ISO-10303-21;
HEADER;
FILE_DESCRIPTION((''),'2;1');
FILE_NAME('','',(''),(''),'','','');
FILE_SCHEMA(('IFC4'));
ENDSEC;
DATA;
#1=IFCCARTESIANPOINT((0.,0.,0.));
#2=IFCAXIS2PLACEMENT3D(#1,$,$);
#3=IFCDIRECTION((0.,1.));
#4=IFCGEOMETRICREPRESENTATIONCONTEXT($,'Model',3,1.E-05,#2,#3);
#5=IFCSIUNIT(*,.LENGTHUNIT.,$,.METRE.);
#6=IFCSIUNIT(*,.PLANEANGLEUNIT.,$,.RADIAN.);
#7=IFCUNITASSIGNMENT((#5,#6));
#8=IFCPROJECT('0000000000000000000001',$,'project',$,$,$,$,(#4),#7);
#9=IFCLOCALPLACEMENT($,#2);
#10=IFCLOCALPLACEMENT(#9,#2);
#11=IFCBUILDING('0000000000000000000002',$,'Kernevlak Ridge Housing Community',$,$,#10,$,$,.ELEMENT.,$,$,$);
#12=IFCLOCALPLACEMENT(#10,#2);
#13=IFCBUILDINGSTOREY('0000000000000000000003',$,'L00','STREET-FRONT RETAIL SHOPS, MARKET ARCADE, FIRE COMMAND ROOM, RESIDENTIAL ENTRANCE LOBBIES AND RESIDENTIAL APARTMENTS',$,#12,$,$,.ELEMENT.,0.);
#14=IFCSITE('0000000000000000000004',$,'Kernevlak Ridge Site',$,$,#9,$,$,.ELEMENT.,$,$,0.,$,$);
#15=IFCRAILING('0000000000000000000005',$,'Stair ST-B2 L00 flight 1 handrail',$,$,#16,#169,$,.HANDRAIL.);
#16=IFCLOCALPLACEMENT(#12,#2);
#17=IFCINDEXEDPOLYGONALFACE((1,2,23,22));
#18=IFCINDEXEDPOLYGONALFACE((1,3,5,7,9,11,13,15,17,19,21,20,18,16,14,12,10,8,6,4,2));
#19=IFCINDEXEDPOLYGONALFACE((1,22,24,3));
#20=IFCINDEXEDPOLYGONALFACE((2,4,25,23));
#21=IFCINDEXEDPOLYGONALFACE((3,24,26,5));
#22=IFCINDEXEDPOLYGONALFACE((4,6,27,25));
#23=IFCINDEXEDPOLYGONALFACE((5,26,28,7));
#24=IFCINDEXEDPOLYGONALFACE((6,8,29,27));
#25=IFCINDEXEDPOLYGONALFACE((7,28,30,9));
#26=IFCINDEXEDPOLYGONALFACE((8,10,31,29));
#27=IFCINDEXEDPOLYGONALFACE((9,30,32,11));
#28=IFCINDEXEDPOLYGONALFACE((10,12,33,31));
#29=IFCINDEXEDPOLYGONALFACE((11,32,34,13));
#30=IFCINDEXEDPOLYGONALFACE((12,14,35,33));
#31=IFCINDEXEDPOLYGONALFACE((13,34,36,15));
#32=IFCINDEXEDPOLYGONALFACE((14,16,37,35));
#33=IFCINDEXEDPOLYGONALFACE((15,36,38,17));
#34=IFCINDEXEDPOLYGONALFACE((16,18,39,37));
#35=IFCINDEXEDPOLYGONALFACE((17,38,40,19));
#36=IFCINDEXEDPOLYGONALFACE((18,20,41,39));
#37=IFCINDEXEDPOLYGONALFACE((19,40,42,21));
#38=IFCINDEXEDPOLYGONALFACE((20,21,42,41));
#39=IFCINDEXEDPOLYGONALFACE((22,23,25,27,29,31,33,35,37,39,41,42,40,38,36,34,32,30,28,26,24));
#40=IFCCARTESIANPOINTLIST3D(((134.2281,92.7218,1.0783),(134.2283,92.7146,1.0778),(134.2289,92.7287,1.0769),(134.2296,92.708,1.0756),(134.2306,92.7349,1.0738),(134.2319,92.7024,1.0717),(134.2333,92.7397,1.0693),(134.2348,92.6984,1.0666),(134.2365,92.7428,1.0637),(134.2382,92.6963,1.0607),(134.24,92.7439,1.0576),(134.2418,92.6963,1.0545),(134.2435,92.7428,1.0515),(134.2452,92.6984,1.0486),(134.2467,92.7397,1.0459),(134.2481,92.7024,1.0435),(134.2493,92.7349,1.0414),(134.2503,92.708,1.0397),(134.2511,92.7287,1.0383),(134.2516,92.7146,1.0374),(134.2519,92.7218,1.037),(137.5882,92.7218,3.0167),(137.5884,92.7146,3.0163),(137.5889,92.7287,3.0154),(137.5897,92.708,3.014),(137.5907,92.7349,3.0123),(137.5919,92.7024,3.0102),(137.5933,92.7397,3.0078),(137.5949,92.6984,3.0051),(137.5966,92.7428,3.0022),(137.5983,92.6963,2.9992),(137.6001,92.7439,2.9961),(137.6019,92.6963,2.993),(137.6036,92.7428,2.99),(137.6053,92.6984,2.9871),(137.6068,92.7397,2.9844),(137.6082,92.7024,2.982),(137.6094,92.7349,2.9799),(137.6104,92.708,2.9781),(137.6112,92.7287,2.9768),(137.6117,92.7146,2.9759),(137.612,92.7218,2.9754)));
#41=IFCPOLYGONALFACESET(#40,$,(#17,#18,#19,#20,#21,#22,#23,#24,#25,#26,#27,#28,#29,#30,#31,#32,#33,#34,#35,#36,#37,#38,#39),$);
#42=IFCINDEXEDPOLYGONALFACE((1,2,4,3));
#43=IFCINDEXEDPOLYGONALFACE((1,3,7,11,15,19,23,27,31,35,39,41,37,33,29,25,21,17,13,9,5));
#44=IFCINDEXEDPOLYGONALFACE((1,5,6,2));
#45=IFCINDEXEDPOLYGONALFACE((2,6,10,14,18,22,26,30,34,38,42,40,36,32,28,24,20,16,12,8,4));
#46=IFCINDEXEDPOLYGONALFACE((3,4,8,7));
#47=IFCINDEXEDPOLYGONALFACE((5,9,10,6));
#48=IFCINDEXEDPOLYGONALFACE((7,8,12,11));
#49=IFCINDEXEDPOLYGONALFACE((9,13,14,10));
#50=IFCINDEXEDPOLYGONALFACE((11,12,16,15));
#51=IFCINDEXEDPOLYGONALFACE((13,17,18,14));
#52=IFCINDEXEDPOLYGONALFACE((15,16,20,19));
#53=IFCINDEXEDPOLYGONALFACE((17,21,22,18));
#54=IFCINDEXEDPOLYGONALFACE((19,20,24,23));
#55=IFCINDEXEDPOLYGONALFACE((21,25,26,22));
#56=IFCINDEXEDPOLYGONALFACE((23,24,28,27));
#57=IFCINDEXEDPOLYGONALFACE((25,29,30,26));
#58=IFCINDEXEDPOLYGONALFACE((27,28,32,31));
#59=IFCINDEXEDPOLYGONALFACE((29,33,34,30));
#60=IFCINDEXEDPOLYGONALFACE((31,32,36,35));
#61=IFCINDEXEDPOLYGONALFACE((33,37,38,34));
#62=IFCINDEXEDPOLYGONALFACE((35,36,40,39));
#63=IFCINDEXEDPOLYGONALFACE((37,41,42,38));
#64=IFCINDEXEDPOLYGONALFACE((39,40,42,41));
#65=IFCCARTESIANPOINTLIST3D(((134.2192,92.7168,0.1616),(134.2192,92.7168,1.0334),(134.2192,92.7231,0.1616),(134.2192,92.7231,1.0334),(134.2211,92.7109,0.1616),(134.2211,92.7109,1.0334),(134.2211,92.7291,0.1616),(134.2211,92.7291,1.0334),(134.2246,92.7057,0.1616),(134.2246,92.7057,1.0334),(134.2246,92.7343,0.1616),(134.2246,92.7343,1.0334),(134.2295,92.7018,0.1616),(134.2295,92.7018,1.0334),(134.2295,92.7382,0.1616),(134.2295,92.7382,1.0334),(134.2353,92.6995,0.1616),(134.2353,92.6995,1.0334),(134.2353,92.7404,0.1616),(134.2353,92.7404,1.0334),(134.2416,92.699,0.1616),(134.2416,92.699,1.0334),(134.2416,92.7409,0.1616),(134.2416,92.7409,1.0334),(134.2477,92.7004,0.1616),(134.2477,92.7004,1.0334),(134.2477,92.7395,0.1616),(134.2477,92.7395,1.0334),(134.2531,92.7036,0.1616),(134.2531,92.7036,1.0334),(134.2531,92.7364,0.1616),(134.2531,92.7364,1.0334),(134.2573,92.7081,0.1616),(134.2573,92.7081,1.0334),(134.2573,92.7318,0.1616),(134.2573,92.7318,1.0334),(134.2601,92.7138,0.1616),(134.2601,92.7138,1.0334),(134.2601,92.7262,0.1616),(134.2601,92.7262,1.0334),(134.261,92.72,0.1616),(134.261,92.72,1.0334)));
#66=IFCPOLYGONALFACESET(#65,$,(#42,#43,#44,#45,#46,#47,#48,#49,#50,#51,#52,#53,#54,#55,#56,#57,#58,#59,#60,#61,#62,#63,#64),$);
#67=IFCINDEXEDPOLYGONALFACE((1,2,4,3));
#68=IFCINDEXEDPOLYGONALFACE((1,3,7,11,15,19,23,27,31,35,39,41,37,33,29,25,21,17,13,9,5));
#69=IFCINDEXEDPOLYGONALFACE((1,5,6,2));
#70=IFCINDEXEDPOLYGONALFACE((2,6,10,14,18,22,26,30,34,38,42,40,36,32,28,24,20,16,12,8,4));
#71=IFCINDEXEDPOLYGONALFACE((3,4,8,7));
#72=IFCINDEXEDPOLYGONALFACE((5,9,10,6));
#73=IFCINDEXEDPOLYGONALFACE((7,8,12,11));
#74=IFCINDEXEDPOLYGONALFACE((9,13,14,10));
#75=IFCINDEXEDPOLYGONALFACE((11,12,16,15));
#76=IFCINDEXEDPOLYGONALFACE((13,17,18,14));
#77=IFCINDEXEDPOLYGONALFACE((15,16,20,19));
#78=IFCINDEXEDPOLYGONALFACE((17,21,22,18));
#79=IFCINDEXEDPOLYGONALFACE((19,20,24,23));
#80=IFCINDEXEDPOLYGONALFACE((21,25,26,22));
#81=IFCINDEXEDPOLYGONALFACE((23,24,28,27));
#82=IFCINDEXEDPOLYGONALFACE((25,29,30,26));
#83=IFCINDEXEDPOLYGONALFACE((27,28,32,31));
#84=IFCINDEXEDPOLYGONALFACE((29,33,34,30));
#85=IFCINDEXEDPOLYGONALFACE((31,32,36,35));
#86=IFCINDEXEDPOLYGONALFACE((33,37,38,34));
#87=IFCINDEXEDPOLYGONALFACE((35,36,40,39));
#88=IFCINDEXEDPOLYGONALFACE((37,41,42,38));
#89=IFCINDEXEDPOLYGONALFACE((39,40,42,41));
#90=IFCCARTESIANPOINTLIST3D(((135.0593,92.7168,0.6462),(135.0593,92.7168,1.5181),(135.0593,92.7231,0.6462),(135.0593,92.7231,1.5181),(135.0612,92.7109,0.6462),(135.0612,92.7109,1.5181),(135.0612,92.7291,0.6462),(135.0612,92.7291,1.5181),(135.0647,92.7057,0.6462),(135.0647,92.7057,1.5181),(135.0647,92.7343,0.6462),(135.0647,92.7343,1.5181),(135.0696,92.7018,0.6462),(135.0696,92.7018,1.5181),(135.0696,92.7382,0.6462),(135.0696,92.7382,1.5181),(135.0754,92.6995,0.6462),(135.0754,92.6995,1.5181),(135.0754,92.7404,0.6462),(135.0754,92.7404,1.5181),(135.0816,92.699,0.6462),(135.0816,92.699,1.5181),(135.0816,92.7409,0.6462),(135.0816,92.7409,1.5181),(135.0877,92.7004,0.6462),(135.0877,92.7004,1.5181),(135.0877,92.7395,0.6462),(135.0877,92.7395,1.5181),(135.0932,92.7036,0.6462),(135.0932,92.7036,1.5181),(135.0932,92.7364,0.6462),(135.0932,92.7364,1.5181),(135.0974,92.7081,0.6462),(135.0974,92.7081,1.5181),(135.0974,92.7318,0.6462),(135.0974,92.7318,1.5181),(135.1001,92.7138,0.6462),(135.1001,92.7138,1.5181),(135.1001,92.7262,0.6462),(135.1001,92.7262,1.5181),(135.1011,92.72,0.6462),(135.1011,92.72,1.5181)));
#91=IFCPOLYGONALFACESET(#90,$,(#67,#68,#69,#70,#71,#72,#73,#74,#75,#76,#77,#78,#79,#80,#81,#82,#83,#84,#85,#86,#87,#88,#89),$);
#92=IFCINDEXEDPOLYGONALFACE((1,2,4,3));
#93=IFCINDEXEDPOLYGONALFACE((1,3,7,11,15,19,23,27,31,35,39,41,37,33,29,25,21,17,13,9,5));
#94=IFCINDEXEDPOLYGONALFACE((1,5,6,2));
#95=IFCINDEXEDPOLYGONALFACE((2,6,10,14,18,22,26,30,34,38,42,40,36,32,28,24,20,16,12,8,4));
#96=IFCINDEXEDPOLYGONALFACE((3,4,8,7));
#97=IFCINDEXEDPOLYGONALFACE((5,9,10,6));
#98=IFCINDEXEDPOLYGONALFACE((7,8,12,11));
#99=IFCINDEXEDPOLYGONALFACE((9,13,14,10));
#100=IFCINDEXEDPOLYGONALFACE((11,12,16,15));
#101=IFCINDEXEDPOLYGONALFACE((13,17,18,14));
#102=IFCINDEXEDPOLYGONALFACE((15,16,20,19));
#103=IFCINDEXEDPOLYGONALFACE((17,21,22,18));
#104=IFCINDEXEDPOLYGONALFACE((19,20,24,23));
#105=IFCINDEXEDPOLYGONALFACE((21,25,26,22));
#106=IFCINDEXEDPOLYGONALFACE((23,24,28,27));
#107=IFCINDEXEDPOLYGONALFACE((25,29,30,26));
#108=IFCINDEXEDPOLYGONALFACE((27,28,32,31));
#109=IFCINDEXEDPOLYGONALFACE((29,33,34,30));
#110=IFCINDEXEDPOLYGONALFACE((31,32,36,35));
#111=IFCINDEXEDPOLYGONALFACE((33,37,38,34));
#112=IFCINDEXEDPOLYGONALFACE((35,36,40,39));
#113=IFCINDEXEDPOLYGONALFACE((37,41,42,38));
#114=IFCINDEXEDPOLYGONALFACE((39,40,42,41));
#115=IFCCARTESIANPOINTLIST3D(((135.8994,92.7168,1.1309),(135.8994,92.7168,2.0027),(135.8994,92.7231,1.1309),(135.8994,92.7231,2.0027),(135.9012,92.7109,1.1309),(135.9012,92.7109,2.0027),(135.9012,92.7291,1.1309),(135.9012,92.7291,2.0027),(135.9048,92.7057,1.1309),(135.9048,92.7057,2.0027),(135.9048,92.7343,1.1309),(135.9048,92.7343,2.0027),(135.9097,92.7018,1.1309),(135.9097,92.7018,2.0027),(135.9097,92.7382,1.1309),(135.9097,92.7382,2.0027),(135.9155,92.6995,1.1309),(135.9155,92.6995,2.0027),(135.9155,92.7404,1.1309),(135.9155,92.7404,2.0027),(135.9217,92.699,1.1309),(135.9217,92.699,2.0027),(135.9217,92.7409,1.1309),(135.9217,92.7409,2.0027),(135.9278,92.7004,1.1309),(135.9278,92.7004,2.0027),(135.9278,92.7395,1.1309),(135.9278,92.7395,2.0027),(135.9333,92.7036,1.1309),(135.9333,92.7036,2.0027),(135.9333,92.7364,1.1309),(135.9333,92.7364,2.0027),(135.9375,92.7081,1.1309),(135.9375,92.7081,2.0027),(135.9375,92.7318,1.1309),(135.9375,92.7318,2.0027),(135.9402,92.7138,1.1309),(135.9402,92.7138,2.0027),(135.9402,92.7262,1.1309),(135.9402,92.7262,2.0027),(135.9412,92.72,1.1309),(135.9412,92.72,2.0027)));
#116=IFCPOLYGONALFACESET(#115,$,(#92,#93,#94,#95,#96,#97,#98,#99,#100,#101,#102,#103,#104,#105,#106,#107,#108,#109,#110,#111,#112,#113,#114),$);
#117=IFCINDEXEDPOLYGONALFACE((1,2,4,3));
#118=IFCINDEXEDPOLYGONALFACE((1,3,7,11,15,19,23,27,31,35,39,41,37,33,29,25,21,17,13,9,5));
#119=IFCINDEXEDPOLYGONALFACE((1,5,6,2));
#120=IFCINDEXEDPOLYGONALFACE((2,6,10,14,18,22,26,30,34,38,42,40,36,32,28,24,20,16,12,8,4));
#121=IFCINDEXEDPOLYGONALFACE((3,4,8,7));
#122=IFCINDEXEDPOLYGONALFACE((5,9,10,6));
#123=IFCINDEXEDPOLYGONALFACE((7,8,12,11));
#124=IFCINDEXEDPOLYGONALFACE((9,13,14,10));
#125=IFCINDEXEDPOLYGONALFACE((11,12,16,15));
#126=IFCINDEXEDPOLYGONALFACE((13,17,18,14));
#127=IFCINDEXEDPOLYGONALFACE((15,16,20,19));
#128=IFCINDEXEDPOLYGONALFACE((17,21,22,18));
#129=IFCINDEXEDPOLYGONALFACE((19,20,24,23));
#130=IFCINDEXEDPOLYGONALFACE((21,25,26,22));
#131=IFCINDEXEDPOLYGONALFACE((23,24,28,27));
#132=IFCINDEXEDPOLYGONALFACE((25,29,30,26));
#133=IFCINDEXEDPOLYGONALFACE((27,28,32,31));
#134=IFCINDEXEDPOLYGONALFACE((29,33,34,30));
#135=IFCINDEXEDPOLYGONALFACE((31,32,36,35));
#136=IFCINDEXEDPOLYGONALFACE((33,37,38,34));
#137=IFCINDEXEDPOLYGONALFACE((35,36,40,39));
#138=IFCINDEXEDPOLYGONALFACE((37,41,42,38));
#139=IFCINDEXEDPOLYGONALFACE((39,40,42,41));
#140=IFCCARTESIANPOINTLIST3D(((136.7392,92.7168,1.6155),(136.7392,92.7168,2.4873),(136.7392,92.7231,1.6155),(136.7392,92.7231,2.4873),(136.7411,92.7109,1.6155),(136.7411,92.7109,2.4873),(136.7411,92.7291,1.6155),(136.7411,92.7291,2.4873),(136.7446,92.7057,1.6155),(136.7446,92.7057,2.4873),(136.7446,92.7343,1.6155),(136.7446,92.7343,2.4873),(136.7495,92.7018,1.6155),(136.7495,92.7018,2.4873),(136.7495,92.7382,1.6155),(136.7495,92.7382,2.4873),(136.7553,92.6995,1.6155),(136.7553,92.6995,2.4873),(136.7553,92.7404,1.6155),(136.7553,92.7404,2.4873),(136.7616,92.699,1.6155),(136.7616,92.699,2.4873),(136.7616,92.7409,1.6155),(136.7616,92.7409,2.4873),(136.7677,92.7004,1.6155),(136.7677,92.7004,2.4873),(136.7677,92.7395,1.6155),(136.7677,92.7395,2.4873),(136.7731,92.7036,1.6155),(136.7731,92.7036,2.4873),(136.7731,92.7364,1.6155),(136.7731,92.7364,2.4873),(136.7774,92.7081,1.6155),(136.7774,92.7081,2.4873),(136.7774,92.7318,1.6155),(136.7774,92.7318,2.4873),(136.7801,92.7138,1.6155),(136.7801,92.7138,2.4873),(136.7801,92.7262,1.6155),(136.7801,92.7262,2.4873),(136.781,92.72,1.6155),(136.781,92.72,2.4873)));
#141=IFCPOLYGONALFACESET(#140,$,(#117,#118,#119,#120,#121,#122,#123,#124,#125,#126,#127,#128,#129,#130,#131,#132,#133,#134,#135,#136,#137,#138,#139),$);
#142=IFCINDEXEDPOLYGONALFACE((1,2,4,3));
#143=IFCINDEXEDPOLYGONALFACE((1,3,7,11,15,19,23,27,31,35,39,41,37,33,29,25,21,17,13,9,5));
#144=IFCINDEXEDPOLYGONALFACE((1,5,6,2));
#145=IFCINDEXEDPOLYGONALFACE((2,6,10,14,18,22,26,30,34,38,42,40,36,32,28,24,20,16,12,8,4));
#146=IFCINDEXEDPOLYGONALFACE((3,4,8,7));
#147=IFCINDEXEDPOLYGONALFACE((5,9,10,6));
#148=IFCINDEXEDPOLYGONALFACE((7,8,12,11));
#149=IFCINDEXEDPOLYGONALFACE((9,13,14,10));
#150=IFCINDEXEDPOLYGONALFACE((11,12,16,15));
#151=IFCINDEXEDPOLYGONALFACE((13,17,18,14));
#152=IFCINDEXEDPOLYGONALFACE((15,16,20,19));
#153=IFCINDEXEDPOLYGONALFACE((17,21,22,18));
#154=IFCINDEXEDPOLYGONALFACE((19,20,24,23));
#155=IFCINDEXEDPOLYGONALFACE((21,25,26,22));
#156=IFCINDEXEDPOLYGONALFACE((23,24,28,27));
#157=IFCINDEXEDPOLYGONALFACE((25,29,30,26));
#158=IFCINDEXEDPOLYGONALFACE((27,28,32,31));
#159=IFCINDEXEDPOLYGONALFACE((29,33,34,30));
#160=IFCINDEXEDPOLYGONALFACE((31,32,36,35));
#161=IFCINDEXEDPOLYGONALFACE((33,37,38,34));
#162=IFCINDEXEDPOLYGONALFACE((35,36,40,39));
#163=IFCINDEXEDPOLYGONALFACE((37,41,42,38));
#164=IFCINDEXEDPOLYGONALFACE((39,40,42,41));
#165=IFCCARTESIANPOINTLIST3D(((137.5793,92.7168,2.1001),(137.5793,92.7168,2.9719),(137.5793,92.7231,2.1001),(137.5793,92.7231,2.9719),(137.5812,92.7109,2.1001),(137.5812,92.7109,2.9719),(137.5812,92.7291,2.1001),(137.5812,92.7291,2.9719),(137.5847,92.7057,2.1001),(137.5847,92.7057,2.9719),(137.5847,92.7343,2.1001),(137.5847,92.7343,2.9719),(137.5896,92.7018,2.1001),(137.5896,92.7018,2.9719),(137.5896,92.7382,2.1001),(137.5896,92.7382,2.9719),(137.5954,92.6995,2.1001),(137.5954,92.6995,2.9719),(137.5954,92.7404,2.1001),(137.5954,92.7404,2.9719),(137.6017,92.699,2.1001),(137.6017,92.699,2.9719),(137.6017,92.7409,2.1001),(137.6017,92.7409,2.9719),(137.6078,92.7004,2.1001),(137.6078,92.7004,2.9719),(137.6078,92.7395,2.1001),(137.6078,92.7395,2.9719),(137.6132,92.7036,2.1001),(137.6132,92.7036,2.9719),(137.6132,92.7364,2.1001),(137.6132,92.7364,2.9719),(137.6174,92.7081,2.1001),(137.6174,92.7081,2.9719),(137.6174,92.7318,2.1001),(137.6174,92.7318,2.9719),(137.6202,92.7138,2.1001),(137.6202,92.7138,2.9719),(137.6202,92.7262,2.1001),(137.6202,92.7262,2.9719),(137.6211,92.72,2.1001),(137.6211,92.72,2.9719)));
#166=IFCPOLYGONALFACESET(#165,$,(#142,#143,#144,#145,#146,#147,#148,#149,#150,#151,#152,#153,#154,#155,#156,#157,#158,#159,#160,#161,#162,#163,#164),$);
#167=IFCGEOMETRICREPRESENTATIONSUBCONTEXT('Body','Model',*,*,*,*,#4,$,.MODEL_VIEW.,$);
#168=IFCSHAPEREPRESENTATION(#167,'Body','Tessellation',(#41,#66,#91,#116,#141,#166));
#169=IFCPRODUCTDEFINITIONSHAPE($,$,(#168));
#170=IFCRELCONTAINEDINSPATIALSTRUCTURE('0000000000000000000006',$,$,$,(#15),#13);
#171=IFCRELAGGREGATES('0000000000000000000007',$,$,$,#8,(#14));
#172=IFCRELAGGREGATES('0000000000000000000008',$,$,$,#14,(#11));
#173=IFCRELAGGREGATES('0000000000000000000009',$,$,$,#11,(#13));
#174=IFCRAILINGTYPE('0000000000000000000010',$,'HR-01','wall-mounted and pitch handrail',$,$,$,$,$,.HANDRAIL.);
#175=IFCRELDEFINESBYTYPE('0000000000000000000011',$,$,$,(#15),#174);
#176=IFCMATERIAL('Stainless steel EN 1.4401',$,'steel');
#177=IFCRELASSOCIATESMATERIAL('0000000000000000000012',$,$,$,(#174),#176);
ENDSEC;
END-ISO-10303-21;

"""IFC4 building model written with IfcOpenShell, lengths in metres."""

from ifc_helpers import new_model, si_unit, direction, frame, origin, origin_2d, place, context, subcontext, project, spatial, circle, extrude, material, type_object, element, save


model = new_model("IFC4")

# Units and contexts
model_context = context("Model", 3, precision=1e-05, world=origin(), true_north=direction((0.0, 1.0)))
body_context = subcontext(model_context, "Body", "Model", "MODEL_VIEW")
ifc_project = project(units=[si_unit("LENGTHUNIT", "METRE"), si_unit("PLANEANGLEUNIT", "RADIAN")], contexts=[model_context])

# Site, building, storey
site_placement = place(None, origin())
site = spatial("IfcSite", under=ifc_project, at=site_placement, Name="Kernevlak Ridge Site", CompositionType="ELEMENT", RefElevation=0.0)
building_placement = place(site_placement, origin())
building = spatial("IfcBuilding", under=site, at=building_placement, Name="Kernevlak Ridge Housing Community", CompositionType="ELEMENT")
storey_placement = place(building_placement, origin())
storey = spatial("IfcBuildingStorey", under=building, at=storey_placement, Name="L00", Description="STREET-FRONT RETAIL SHOPS, MARKET ARCADE, FIRE COMMAND ROOM, RESIDENTIAL ENTRANCE LOBBIES AND RESIDENTIAL APARTMENTS", CompositionType="ELEMENT", Elevation=0.0)

# Shared definitions
ifc_material_1 = material(Name="Stainless steel EN 1.4401", Category="steel")

# Railing
railing_type_1 = type_object("IfcRailingType", Name="HR-01", Description="wall-mounted and pitch handrail", PredefinedType="HANDRAIL", material=ifc_material_1)
railing_1_placement = place(storey_placement, frame((134.24, 92.72, 0.1616)))
element("IfcRailing", 1, at=railing_1_placement, inside=storey, type_object=railing_type_1, Name="Stair ST-B2 L00 flight 1 handrail", PredefinedType="HANDRAIL", context=body_context, shape_type="SweptSolid", body=[
    extrude(circle(Radius=0.0239, at=origin_2d()), frame((0.0, 0.0, 0.896), z_axis=(0.866191, 0.0, 0.499713), x_axis=(0.0, 1.0, 0.0)), (0.0, 0.0, 1.0), 3.8792),
    extrude(circle(Radius=0.021, at=origin_2d()), origin(), (0.0, 0.0, 1.0), 0.8718),
    extrude(circle(Radius=0.021, at=origin_2d()), frame((0.8401, 0.0, 0.4846)), (0.0, 0.0, 1.0), 0.8718),
    extrude(circle(Radius=0.021, at=origin_2d()), frame((1.6802, 0.0, 0.9692)), (0.0, 0.0, 1.0), 0.8718),
    extrude(circle(Radius=0.021, at=origin_2d()), frame((2.52, 0.0, 1.4539)), (0.0, 0.0, 1.0), 0.8718),
    extrude(circle(Radius=0.021, at=origin_2d()), frame((3.3601, 0.0, 1.9385)), (0.0, 0.0, 1.0), 0.8718),
])

save(model, "model.ifc")
